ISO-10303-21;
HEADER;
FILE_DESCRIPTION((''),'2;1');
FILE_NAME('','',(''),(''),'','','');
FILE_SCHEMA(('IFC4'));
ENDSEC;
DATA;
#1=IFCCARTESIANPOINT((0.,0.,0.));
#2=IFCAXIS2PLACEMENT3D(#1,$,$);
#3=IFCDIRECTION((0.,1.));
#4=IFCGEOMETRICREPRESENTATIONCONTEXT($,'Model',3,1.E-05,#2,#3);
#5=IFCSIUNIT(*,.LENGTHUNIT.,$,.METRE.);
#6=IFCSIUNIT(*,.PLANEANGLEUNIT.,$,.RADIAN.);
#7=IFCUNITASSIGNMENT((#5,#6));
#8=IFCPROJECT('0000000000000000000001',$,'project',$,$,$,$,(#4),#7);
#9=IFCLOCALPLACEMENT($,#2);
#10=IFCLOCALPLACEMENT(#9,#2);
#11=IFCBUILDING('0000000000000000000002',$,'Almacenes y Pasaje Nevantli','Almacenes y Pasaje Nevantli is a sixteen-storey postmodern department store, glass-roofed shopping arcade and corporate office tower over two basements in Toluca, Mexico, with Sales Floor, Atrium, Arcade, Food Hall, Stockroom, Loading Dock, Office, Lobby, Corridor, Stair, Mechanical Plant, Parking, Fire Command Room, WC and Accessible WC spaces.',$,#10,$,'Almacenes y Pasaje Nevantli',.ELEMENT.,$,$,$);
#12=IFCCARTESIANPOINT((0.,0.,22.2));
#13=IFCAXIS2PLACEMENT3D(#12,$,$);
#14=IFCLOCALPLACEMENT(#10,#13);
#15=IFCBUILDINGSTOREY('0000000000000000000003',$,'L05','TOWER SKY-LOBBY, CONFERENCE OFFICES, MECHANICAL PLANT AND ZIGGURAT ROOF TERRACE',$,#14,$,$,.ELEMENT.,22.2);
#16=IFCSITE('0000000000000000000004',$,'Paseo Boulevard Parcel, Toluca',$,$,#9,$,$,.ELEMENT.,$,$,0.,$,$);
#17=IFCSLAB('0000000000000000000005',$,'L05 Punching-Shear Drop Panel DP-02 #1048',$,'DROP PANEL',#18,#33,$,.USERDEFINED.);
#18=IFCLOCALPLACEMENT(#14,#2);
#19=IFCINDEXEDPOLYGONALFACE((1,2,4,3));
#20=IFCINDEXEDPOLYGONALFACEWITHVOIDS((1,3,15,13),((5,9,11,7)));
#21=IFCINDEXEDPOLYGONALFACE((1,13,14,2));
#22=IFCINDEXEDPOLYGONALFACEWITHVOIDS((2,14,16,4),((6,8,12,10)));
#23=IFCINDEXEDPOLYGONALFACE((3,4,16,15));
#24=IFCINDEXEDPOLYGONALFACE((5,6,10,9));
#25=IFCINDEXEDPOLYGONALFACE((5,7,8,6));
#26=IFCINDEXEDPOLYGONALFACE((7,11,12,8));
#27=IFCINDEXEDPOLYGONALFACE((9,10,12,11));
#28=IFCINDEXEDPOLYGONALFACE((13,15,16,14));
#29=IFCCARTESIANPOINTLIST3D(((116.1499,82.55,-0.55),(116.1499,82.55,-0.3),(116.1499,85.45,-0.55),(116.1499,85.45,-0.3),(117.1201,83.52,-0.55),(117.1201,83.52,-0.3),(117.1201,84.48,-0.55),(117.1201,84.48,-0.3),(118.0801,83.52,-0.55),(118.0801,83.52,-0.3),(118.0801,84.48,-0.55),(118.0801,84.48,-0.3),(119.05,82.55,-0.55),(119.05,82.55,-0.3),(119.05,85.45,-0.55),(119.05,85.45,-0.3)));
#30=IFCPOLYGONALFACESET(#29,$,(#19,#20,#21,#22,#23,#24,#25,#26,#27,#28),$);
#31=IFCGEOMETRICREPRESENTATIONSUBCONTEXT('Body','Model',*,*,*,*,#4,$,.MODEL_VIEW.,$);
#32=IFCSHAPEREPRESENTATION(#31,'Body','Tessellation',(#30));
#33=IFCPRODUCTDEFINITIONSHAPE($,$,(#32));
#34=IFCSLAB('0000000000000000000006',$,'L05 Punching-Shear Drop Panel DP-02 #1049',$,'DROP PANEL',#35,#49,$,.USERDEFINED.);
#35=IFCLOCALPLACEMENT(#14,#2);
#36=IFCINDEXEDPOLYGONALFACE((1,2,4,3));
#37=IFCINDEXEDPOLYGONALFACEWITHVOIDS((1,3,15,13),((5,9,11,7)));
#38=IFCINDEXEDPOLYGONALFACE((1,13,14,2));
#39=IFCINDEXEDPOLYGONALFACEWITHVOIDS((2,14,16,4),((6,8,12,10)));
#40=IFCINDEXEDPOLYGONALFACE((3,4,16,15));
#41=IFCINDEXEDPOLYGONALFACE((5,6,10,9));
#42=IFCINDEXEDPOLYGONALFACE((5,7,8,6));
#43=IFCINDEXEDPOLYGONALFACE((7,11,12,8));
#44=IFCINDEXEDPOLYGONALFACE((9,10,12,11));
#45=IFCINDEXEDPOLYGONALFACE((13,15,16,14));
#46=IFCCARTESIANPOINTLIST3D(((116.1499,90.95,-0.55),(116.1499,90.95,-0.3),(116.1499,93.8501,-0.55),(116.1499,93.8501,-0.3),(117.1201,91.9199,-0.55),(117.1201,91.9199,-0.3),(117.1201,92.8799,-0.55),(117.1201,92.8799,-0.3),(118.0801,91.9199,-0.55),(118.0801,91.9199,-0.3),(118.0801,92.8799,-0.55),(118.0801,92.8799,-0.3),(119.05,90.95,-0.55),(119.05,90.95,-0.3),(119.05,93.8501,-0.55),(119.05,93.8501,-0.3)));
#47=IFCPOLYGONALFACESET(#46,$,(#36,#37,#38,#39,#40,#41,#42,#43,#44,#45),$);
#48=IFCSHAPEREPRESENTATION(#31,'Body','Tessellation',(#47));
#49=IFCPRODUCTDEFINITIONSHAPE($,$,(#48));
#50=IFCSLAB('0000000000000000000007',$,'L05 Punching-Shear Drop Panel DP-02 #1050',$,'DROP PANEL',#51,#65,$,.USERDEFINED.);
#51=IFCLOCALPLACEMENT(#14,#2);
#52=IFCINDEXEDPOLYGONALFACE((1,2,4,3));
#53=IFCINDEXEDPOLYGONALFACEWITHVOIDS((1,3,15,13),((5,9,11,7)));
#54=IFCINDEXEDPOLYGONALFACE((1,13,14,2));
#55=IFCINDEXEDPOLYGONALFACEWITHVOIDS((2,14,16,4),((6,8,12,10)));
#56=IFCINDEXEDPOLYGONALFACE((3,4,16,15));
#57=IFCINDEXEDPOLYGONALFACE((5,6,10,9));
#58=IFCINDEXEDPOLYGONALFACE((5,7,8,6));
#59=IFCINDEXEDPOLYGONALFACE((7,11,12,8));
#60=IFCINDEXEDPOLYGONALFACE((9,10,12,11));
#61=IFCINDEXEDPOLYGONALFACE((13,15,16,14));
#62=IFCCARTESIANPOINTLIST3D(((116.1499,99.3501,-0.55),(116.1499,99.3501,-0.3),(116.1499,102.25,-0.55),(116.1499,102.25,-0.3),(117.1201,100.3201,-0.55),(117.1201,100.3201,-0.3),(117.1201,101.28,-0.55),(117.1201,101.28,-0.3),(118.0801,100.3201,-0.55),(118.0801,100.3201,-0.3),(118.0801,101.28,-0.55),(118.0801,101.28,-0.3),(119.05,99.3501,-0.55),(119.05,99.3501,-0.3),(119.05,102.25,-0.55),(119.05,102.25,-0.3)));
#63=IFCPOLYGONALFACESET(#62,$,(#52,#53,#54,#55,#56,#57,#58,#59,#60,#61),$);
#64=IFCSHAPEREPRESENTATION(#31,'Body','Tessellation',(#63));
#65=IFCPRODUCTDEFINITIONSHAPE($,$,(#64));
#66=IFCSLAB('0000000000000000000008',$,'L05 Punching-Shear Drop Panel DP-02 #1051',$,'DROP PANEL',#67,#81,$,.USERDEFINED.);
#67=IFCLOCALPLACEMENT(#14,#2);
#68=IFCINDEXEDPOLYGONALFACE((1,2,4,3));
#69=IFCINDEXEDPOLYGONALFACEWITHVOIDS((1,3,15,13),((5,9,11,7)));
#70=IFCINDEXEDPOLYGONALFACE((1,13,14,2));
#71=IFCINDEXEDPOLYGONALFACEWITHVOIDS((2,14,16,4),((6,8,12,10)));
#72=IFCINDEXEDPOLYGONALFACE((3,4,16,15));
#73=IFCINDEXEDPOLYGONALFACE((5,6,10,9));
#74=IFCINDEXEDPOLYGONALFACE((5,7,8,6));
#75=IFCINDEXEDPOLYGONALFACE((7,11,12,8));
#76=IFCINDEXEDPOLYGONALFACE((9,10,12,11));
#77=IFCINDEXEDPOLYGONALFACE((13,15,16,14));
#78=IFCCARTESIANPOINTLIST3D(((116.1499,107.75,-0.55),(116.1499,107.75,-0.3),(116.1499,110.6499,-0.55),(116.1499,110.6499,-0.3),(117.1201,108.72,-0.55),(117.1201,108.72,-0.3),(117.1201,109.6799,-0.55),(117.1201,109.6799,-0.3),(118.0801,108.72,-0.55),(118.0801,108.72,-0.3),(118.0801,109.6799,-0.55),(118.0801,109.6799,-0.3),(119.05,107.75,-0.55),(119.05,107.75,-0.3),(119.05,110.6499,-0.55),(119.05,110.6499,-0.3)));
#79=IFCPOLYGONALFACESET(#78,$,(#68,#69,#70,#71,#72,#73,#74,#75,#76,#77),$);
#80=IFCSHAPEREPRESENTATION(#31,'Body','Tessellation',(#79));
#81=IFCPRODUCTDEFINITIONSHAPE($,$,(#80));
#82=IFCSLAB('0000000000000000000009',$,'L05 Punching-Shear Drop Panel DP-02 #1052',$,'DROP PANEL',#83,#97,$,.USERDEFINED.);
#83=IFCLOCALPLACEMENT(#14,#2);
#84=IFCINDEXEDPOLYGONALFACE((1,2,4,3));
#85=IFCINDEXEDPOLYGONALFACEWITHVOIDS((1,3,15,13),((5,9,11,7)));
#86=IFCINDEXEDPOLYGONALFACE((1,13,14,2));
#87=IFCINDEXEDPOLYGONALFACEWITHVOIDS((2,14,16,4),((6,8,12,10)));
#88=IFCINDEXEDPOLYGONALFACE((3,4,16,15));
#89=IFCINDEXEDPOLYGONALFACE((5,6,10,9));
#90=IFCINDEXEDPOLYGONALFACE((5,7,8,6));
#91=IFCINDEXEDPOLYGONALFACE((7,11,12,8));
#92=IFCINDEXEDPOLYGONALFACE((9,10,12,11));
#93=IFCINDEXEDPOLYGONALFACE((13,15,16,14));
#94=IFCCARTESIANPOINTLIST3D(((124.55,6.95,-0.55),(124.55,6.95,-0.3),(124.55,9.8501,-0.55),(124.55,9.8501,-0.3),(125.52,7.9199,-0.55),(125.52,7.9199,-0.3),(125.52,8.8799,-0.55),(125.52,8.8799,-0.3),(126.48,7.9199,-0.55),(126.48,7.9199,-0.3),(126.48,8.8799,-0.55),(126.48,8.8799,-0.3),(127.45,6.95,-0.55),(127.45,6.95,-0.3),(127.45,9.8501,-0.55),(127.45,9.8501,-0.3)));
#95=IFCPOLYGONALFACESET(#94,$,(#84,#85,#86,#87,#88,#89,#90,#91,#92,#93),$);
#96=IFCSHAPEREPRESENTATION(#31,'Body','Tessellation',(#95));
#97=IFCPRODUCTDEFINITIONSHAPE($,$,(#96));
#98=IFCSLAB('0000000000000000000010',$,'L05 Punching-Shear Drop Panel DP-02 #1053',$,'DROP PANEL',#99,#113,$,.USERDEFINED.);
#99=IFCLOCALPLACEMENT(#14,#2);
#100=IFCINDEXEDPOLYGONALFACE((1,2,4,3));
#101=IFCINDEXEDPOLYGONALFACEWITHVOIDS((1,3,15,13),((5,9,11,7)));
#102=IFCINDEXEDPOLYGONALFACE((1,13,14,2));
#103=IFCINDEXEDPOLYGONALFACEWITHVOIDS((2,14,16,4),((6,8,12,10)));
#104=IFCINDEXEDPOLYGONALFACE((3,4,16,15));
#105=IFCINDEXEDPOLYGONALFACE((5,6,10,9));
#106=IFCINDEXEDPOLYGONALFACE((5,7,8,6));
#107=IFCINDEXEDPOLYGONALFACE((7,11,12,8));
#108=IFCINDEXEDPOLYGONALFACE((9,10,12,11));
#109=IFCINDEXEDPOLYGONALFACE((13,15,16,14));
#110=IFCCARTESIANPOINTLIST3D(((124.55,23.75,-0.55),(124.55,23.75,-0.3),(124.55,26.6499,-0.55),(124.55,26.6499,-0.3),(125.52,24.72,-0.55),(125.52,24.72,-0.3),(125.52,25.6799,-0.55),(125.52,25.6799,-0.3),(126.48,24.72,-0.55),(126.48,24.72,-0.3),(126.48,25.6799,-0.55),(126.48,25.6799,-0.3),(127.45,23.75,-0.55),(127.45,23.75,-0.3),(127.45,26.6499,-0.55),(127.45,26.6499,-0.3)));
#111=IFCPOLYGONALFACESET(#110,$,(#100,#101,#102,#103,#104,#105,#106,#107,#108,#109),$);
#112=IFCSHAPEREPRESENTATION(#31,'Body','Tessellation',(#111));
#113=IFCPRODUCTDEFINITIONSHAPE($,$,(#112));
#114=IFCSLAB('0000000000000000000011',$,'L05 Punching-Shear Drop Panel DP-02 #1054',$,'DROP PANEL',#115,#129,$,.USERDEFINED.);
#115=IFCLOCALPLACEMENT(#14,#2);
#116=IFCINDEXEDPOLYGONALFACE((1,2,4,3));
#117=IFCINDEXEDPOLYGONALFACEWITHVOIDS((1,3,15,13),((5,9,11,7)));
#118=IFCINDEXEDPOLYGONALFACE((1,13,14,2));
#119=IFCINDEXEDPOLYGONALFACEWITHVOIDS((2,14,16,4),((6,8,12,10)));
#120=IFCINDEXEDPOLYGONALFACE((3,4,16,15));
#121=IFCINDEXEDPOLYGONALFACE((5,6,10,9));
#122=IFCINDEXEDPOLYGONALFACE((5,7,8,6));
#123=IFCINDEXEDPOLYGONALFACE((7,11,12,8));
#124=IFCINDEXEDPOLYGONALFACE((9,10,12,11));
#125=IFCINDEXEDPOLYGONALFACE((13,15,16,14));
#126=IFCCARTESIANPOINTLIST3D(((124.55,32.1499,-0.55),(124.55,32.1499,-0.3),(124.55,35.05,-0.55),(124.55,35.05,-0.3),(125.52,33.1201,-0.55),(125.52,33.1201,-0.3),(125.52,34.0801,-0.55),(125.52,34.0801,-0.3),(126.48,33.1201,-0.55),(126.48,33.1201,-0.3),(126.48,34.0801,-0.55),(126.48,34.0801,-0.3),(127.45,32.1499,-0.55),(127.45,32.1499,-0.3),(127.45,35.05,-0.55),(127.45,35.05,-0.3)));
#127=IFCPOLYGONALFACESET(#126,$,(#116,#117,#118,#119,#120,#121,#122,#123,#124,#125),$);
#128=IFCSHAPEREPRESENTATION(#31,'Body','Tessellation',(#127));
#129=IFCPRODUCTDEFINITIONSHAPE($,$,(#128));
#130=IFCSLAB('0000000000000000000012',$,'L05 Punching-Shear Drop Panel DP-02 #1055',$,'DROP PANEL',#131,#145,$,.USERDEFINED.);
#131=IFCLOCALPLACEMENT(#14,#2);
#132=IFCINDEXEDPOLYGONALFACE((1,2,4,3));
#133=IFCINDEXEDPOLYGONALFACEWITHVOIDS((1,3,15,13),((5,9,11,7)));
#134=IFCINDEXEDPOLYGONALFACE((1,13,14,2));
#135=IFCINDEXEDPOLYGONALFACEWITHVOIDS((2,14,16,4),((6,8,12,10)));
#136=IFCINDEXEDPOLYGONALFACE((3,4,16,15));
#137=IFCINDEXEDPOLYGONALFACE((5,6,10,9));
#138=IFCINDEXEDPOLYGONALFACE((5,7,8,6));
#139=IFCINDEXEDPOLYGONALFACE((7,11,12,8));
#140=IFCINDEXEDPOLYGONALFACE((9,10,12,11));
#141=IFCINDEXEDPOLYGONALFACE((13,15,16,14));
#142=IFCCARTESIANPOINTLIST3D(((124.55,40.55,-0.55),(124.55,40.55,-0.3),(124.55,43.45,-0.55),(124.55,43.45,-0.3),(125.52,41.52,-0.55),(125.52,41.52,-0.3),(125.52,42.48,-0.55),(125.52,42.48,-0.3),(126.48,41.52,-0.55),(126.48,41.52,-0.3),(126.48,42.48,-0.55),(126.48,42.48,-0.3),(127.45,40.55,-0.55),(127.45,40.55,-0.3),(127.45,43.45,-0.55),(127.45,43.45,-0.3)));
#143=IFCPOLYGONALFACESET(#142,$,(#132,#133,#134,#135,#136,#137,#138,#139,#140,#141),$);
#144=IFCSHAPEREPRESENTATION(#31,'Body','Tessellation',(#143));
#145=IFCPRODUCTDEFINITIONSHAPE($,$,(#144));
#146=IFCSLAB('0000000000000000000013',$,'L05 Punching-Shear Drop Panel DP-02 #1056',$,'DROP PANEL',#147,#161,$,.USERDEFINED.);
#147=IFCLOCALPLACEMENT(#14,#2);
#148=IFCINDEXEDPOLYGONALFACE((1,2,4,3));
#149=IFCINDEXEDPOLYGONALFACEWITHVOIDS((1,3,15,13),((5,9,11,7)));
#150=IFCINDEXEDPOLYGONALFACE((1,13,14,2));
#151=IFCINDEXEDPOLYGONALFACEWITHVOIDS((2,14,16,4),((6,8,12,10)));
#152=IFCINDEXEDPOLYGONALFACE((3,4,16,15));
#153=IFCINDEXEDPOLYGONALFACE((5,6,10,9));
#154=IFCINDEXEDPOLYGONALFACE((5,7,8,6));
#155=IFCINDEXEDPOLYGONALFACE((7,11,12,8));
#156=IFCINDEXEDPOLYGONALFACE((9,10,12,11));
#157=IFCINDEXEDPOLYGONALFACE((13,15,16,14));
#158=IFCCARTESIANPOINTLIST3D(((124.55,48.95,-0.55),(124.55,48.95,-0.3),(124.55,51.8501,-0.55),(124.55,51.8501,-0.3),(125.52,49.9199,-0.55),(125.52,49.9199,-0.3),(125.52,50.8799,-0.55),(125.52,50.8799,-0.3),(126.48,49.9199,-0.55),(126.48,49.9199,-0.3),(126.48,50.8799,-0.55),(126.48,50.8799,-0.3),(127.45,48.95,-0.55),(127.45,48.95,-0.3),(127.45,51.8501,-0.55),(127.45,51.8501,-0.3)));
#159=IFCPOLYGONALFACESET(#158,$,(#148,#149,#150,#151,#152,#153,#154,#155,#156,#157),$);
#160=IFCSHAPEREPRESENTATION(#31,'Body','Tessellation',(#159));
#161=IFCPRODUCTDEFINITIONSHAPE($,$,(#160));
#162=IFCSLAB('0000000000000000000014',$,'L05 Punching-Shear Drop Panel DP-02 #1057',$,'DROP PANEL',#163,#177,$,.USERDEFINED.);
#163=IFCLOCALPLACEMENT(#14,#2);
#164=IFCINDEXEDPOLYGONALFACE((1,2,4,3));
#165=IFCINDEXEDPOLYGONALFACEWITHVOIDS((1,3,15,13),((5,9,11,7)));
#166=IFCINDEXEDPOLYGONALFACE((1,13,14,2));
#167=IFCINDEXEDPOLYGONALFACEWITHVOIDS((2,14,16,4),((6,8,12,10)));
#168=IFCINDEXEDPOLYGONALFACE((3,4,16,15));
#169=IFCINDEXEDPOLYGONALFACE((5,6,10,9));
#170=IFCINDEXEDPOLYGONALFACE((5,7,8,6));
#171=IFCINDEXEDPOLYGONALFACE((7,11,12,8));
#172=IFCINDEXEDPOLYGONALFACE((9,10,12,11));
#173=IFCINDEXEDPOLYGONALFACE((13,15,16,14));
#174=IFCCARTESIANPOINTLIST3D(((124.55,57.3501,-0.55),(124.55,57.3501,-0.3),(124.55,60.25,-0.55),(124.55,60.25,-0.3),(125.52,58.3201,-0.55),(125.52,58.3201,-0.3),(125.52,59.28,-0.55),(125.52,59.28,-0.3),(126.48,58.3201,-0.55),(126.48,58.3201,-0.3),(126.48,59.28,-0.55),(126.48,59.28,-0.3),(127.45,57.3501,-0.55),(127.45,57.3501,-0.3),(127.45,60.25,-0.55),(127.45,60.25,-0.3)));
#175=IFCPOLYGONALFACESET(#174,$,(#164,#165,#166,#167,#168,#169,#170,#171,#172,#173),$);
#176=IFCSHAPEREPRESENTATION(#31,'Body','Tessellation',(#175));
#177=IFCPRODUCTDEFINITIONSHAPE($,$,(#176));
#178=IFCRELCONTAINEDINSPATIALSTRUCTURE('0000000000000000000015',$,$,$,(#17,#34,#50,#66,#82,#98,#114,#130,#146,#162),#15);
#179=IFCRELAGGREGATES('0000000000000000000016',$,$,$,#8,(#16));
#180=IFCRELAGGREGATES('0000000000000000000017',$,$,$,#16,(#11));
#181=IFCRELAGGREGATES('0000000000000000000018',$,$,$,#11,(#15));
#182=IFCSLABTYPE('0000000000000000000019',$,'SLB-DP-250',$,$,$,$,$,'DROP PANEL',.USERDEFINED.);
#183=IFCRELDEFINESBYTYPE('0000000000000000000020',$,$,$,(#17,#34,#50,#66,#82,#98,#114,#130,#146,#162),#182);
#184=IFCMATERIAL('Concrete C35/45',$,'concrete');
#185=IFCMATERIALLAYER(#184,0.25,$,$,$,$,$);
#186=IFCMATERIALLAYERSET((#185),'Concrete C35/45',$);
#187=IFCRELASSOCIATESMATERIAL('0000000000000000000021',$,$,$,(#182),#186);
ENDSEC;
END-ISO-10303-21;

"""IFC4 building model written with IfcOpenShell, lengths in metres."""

from ifc_helpers import new_model, si_unit, direction, frame, origin, place, context, subcontext, project, spatial, polyline, outline, extrude, material, layer, layer_set, type_object, element, save


model = new_model("IFC4")

# Units and contexts
model_context = context("Model", 3, precision=1e-05, world=origin(), true_north=direction((0.0, 1.0)))
body_context = subcontext(model_context, "Body", "Model", "MODEL_VIEW")
ifc_project = project(units=[si_unit("LENGTHUNIT", "METRE"), si_unit("PLANEANGLEUNIT", "RADIAN")], contexts=[model_context])

# Site, building, storey
site_placement = place(None, origin())
site = spatial("IfcSite", under=ifc_project, at=site_placement, Name="Paseo Boulevard Parcel, Toluca", CompositionType="ELEMENT", RefElevation=0.0)
building_placement = place(site_placement, origin())
building = spatial("IfcBuilding", under=site, at=building_placement, Name="Almacenes y Pasaje Nevantli", Description="Almacenes y Pasaje Nevantli is a sixteen-storey postmodern department store, glass-roofed shopping arcade and corporate office tower over two basements in Toluca, Mexico, with Sales Floor, Atrium, Arcade, Food Hall, Stockroom, Loading Dock, Office, Lobby, Corridor, Stair, Mechanical Plant, Parking, Fire Command Room, WC and Accessible WC spaces.", LongName="Almacenes y Pasaje Nevantli", CompositionType="ELEMENT")
storey_placement = place(building_placement, frame((0.0, 0.0, 22.2)))
storey = spatial("IfcBuildingStorey", under=building, at=storey_placement, Name="L05", Description="TOWER SKY-LOBBY, CONFERENCE OFFICES, MECHANICAL PLANT AND ZIGGURAT ROOF TERRACE", CompositionType="ELEMENT", Elevation=22.2)

# Slabs
ifc_material_1 = material(Name="Concrete C35/45", Category="concrete")
ifc_layer_1 = layer(ifc_material_1, 0.25)
ifc_layer_set_1 = layer_set([ifc_layer_1], Name="Concrete C35/45")
slab_type_1 = type_object("IfcSlabType", Name="SLB-DP-250", ElementType="DROP PANEL", PredefinedType="USERDEFINED", material=ifc_layer_set_1)
slab_1_placement = place(storey_placement, frame((0.0, 0.0, -0.55)))
element("IfcSlab", 1, at=slab_1_placement, inside=storey, type_object=slab_type_1, Name="L05 Punching-Shear Drop Panel DP-02 #1048", ObjectType="DROP PANEL", PredefinedType="USERDEFINED", context=body_context, shape_type="SweptSolid", body=[
    extrude(outline(polyline([(116.1499, 82.55), (119.05, 82.55), (119.05, 85.45), (116.1499, 85.45), (116.1499, 82.55)]), holes=[polyline([(117.1201, 83.52), (118.0801, 83.52), (118.0801, 84.48), (117.1201, 84.48), (117.1201, 83.52)])]), origin(), (0.0, 0.0, 1.0), 0.25),
])
slab_2_placement = place(storey_placement, frame((0.0, 0.0, -0.55)))
element("IfcSlab", 2, at=slab_2_placement, inside=storey, type_object=slab_type_1, Name="L05 Punching-Shear Drop Panel DP-02 #1049", ObjectType="DROP PANEL", PredefinedType="USERDEFINED", context=body_context, shape_type="SweptSolid", body=[
    extrude(outline(polyline([(116.1499, 90.95), (119.05, 90.95), (119.05, 93.8501), (116.1499, 93.8501), (116.1499, 90.95)]), holes=[polyline([(117.1201, 91.9199), (118.0801, 91.9199), (118.0801, 92.8799), (117.1201, 92.8799), (117.1201, 91.9199)])]), origin(), (0.0, 0.0, 1.0), 0.25),
])
slab_3_placement = place(storey_placement, frame((0.0, 0.0, -0.55)))
element("IfcSlab", 3, at=slab_3_placement, inside=storey, type_object=slab_type_1, Name="L05 Punching-Shear Drop Panel DP-02 #1050", ObjectType="DROP PANEL", PredefinedType="USERDEFINED", context=body_context, shape_type="SweptSolid", body=[
    extrude(outline(polyline([(116.1499, 99.3501), (119.05, 99.3501), (119.05, 102.25), (116.1499, 102.25), (116.1499, 99.3501)]), holes=[polyline([(117.1201, 100.3201), (118.0801, 100.3201), (118.0801, 101.28), (117.1201, 101.28), (117.1201, 100.3201)])]), origin(), (0.0, 0.0, 1.0), 0.25),
])
slab_4_placement = place(storey_placement, frame((0.0, 0.0, -0.55)))
element("IfcSlab", 4, at=slab_4_placement, inside=storey, type_object=slab_type_1, Name="L05 Punching-Shear Drop Panel DP-02 #1051", ObjectType="DROP PANEL", PredefinedType="USERDEFINED", context=body_context, shape_type="SweptSolid", body=[
    extrude(outline(polyline([(116.1499, 107.75), (119.05, 107.75), (119.05, 110.6499), (116.1499, 110.6499), (116.1499, 107.75)]), holes=[polyline([(117.1201, 108.72), (118.0801, 108.72), (118.0801, 109.6799), (117.1201, 109.6799), (117.1201, 108.72)])]), origin(), (0.0, 0.0, 1.0), 0.25),
])
slab_5_placement = place(storey_placement, frame((0.0, 0.0, -0.55)))
element("IfcSlab", 5, at=slab_5_placement, inside=storey, type_object=slab_type_1, Name="L05 Punching-Shear Drop Panel DP-02 #1052", ObjectType="DROP PANEL", PredefinedType="USERDEFINED", context=body_context, shape_type="SweptSolid", body=[
    extrude(outline(polyline([(124.55, 6.95), (127.45, 6.95), (127.45, 9.8501), (124.55, 9.8501), (124.55, 6.95)]), holes=[polyline([(125.52, 7.9199), (126.48, 7.9199), (126.48, 8.8799), (125.52, 8.8799), (125.52, 7.9199)])]), origin(), (0.0, 0.0, 1.0), 0.25),
])
slab_6_placement = place(storey_placement, frame((0.0, 0.0, -0.55)))
element("IfcSlab", 6, at=slab_6_placement, inside=storey, type_object=slab_type_1, Name="L05 Punching-Shear Drop Panel DP-02 #1053", ObjectType="DROP PANEL", PredefinedType="USERDEFINED", context=body_context, shape_type="SweptSolid", body=[
    extrude(outline(polyline([(124.55, 23.75), (127.45, 23.75), (127.45, 26.6499), (124.55, 26.6499), (124.55, 23.75)]), holes=[polyline([(125.52, 24.72), (126.48, 24.72), (126.48, 25.6799), (125.52, 25.6799), (125.52, 24.72)])]), origin(), (0.0, 0.0, 1.0), 0.25),
])
slab_7_placement = place(storey_placement, frame((0.0, 0.0, -0.55)))
element("IfcSlab", 7, at=slab_7_placement, inside=storey, type_object=slab_type_1, Name="L05 Punching-Shear Drop Panel DP-02 #1054", ObjectType="DROP PANEL", PredefinedType="USERDEFINED", context=body_context, shape_type="SweptSolid", body=[
    extrude(outline(polyline([(124.55, 32.1499), (127.45, 32.1499), (127.45, 35.05), (124.55, 35.05), (124.55, 32.1499)]), holes=[polyline([(125.52, 33.1201), (126.48, 33.1201), (126.48, 34.0801), (125.52, 34.0801), (125.52, 33.1201)])]), origin(), (0.0, 0.0, 1.0), 0.25),
])
slab_8_placement = place(storey_placement, frame((0.0, 0.0, -0.55)))
element("IfcSlab", 8, at=slab_8_placement, inside=storey, type_object=slab_type_1, Name="L05 Punching-Shear Drop Panel DP-02 #1055", ObjectType="DROP PANEL", PredefinedType="USERDEFINED", context=body_context, shape_type="SweptSolid", body=[
    extrude(outline(polyline([(124.55, 40.55), (127.45, 40.55), (127.45, 43.45), (124.55, 43.45), (124.55, 40.55)]), holes=[polyline([(125.52, 41.52), (126.48, 41.52), (126.48, 42.48), (125.52, 42.48), (125.52, 41.52)])]), origin(), (0.0, 0.0, 1.0), 0.25),
])
slab_9_placement = place(storey_placement, frame((0.0, 0.0, -0.55)))
element("IfcSlab", 9, at=slab_9_placement, inside=storey, type_object=slab_type_1, Name="L05 Punching-Shear Drop Panel DP-02 #1056", ObjectType="DROP PANEL", PredefinedType="USERDEFINED", context=body_context, shape_type="SweptSolid", body=[
    extrude(outline(polyline([(124.55, 48.95), (127.45, 48.95), (127.45, 51.8501), (124.55, 51.8501), (124.55, 48.95)]), holes=[polyline([(125.52, 49.9199), (126.48, 49.9199), (126.48, 50.8799), (125.52, 50.8799), (125.52, 49.9199)])]), origin(), (0.0, 0.0, 1.0), 0.25),
])
slab_10_placement = place(storey_placement, frame((0.0, 0.0, -0.55)))
element("IfcSlab", 10, at=slab_10_placement, inside=storey, type_object=slab_type_1, Name="L05 Punching-Shear Drop Panel DP-02 #1057", ObjectType="DROP PANEL", PredefinedType="USERDEFINED", context=body_context, shape_type="SweptSolid", body=[
    extrude(outline(polyline([(124.55, 57.3501), (127.45, 57.3501), (127.45, 60.25), (124.55, 60.25), (124.55, 57.3501)]), holes=[polyline([(125.52, 58.3201), (126.48, 58.3201), (126.48, 59.28), (125.52, 59.28), (125.52, 58.3201)])]), origin(), (0.0, 0.0, 1.0), 0.25),
])

save(model, "model.ifc")
